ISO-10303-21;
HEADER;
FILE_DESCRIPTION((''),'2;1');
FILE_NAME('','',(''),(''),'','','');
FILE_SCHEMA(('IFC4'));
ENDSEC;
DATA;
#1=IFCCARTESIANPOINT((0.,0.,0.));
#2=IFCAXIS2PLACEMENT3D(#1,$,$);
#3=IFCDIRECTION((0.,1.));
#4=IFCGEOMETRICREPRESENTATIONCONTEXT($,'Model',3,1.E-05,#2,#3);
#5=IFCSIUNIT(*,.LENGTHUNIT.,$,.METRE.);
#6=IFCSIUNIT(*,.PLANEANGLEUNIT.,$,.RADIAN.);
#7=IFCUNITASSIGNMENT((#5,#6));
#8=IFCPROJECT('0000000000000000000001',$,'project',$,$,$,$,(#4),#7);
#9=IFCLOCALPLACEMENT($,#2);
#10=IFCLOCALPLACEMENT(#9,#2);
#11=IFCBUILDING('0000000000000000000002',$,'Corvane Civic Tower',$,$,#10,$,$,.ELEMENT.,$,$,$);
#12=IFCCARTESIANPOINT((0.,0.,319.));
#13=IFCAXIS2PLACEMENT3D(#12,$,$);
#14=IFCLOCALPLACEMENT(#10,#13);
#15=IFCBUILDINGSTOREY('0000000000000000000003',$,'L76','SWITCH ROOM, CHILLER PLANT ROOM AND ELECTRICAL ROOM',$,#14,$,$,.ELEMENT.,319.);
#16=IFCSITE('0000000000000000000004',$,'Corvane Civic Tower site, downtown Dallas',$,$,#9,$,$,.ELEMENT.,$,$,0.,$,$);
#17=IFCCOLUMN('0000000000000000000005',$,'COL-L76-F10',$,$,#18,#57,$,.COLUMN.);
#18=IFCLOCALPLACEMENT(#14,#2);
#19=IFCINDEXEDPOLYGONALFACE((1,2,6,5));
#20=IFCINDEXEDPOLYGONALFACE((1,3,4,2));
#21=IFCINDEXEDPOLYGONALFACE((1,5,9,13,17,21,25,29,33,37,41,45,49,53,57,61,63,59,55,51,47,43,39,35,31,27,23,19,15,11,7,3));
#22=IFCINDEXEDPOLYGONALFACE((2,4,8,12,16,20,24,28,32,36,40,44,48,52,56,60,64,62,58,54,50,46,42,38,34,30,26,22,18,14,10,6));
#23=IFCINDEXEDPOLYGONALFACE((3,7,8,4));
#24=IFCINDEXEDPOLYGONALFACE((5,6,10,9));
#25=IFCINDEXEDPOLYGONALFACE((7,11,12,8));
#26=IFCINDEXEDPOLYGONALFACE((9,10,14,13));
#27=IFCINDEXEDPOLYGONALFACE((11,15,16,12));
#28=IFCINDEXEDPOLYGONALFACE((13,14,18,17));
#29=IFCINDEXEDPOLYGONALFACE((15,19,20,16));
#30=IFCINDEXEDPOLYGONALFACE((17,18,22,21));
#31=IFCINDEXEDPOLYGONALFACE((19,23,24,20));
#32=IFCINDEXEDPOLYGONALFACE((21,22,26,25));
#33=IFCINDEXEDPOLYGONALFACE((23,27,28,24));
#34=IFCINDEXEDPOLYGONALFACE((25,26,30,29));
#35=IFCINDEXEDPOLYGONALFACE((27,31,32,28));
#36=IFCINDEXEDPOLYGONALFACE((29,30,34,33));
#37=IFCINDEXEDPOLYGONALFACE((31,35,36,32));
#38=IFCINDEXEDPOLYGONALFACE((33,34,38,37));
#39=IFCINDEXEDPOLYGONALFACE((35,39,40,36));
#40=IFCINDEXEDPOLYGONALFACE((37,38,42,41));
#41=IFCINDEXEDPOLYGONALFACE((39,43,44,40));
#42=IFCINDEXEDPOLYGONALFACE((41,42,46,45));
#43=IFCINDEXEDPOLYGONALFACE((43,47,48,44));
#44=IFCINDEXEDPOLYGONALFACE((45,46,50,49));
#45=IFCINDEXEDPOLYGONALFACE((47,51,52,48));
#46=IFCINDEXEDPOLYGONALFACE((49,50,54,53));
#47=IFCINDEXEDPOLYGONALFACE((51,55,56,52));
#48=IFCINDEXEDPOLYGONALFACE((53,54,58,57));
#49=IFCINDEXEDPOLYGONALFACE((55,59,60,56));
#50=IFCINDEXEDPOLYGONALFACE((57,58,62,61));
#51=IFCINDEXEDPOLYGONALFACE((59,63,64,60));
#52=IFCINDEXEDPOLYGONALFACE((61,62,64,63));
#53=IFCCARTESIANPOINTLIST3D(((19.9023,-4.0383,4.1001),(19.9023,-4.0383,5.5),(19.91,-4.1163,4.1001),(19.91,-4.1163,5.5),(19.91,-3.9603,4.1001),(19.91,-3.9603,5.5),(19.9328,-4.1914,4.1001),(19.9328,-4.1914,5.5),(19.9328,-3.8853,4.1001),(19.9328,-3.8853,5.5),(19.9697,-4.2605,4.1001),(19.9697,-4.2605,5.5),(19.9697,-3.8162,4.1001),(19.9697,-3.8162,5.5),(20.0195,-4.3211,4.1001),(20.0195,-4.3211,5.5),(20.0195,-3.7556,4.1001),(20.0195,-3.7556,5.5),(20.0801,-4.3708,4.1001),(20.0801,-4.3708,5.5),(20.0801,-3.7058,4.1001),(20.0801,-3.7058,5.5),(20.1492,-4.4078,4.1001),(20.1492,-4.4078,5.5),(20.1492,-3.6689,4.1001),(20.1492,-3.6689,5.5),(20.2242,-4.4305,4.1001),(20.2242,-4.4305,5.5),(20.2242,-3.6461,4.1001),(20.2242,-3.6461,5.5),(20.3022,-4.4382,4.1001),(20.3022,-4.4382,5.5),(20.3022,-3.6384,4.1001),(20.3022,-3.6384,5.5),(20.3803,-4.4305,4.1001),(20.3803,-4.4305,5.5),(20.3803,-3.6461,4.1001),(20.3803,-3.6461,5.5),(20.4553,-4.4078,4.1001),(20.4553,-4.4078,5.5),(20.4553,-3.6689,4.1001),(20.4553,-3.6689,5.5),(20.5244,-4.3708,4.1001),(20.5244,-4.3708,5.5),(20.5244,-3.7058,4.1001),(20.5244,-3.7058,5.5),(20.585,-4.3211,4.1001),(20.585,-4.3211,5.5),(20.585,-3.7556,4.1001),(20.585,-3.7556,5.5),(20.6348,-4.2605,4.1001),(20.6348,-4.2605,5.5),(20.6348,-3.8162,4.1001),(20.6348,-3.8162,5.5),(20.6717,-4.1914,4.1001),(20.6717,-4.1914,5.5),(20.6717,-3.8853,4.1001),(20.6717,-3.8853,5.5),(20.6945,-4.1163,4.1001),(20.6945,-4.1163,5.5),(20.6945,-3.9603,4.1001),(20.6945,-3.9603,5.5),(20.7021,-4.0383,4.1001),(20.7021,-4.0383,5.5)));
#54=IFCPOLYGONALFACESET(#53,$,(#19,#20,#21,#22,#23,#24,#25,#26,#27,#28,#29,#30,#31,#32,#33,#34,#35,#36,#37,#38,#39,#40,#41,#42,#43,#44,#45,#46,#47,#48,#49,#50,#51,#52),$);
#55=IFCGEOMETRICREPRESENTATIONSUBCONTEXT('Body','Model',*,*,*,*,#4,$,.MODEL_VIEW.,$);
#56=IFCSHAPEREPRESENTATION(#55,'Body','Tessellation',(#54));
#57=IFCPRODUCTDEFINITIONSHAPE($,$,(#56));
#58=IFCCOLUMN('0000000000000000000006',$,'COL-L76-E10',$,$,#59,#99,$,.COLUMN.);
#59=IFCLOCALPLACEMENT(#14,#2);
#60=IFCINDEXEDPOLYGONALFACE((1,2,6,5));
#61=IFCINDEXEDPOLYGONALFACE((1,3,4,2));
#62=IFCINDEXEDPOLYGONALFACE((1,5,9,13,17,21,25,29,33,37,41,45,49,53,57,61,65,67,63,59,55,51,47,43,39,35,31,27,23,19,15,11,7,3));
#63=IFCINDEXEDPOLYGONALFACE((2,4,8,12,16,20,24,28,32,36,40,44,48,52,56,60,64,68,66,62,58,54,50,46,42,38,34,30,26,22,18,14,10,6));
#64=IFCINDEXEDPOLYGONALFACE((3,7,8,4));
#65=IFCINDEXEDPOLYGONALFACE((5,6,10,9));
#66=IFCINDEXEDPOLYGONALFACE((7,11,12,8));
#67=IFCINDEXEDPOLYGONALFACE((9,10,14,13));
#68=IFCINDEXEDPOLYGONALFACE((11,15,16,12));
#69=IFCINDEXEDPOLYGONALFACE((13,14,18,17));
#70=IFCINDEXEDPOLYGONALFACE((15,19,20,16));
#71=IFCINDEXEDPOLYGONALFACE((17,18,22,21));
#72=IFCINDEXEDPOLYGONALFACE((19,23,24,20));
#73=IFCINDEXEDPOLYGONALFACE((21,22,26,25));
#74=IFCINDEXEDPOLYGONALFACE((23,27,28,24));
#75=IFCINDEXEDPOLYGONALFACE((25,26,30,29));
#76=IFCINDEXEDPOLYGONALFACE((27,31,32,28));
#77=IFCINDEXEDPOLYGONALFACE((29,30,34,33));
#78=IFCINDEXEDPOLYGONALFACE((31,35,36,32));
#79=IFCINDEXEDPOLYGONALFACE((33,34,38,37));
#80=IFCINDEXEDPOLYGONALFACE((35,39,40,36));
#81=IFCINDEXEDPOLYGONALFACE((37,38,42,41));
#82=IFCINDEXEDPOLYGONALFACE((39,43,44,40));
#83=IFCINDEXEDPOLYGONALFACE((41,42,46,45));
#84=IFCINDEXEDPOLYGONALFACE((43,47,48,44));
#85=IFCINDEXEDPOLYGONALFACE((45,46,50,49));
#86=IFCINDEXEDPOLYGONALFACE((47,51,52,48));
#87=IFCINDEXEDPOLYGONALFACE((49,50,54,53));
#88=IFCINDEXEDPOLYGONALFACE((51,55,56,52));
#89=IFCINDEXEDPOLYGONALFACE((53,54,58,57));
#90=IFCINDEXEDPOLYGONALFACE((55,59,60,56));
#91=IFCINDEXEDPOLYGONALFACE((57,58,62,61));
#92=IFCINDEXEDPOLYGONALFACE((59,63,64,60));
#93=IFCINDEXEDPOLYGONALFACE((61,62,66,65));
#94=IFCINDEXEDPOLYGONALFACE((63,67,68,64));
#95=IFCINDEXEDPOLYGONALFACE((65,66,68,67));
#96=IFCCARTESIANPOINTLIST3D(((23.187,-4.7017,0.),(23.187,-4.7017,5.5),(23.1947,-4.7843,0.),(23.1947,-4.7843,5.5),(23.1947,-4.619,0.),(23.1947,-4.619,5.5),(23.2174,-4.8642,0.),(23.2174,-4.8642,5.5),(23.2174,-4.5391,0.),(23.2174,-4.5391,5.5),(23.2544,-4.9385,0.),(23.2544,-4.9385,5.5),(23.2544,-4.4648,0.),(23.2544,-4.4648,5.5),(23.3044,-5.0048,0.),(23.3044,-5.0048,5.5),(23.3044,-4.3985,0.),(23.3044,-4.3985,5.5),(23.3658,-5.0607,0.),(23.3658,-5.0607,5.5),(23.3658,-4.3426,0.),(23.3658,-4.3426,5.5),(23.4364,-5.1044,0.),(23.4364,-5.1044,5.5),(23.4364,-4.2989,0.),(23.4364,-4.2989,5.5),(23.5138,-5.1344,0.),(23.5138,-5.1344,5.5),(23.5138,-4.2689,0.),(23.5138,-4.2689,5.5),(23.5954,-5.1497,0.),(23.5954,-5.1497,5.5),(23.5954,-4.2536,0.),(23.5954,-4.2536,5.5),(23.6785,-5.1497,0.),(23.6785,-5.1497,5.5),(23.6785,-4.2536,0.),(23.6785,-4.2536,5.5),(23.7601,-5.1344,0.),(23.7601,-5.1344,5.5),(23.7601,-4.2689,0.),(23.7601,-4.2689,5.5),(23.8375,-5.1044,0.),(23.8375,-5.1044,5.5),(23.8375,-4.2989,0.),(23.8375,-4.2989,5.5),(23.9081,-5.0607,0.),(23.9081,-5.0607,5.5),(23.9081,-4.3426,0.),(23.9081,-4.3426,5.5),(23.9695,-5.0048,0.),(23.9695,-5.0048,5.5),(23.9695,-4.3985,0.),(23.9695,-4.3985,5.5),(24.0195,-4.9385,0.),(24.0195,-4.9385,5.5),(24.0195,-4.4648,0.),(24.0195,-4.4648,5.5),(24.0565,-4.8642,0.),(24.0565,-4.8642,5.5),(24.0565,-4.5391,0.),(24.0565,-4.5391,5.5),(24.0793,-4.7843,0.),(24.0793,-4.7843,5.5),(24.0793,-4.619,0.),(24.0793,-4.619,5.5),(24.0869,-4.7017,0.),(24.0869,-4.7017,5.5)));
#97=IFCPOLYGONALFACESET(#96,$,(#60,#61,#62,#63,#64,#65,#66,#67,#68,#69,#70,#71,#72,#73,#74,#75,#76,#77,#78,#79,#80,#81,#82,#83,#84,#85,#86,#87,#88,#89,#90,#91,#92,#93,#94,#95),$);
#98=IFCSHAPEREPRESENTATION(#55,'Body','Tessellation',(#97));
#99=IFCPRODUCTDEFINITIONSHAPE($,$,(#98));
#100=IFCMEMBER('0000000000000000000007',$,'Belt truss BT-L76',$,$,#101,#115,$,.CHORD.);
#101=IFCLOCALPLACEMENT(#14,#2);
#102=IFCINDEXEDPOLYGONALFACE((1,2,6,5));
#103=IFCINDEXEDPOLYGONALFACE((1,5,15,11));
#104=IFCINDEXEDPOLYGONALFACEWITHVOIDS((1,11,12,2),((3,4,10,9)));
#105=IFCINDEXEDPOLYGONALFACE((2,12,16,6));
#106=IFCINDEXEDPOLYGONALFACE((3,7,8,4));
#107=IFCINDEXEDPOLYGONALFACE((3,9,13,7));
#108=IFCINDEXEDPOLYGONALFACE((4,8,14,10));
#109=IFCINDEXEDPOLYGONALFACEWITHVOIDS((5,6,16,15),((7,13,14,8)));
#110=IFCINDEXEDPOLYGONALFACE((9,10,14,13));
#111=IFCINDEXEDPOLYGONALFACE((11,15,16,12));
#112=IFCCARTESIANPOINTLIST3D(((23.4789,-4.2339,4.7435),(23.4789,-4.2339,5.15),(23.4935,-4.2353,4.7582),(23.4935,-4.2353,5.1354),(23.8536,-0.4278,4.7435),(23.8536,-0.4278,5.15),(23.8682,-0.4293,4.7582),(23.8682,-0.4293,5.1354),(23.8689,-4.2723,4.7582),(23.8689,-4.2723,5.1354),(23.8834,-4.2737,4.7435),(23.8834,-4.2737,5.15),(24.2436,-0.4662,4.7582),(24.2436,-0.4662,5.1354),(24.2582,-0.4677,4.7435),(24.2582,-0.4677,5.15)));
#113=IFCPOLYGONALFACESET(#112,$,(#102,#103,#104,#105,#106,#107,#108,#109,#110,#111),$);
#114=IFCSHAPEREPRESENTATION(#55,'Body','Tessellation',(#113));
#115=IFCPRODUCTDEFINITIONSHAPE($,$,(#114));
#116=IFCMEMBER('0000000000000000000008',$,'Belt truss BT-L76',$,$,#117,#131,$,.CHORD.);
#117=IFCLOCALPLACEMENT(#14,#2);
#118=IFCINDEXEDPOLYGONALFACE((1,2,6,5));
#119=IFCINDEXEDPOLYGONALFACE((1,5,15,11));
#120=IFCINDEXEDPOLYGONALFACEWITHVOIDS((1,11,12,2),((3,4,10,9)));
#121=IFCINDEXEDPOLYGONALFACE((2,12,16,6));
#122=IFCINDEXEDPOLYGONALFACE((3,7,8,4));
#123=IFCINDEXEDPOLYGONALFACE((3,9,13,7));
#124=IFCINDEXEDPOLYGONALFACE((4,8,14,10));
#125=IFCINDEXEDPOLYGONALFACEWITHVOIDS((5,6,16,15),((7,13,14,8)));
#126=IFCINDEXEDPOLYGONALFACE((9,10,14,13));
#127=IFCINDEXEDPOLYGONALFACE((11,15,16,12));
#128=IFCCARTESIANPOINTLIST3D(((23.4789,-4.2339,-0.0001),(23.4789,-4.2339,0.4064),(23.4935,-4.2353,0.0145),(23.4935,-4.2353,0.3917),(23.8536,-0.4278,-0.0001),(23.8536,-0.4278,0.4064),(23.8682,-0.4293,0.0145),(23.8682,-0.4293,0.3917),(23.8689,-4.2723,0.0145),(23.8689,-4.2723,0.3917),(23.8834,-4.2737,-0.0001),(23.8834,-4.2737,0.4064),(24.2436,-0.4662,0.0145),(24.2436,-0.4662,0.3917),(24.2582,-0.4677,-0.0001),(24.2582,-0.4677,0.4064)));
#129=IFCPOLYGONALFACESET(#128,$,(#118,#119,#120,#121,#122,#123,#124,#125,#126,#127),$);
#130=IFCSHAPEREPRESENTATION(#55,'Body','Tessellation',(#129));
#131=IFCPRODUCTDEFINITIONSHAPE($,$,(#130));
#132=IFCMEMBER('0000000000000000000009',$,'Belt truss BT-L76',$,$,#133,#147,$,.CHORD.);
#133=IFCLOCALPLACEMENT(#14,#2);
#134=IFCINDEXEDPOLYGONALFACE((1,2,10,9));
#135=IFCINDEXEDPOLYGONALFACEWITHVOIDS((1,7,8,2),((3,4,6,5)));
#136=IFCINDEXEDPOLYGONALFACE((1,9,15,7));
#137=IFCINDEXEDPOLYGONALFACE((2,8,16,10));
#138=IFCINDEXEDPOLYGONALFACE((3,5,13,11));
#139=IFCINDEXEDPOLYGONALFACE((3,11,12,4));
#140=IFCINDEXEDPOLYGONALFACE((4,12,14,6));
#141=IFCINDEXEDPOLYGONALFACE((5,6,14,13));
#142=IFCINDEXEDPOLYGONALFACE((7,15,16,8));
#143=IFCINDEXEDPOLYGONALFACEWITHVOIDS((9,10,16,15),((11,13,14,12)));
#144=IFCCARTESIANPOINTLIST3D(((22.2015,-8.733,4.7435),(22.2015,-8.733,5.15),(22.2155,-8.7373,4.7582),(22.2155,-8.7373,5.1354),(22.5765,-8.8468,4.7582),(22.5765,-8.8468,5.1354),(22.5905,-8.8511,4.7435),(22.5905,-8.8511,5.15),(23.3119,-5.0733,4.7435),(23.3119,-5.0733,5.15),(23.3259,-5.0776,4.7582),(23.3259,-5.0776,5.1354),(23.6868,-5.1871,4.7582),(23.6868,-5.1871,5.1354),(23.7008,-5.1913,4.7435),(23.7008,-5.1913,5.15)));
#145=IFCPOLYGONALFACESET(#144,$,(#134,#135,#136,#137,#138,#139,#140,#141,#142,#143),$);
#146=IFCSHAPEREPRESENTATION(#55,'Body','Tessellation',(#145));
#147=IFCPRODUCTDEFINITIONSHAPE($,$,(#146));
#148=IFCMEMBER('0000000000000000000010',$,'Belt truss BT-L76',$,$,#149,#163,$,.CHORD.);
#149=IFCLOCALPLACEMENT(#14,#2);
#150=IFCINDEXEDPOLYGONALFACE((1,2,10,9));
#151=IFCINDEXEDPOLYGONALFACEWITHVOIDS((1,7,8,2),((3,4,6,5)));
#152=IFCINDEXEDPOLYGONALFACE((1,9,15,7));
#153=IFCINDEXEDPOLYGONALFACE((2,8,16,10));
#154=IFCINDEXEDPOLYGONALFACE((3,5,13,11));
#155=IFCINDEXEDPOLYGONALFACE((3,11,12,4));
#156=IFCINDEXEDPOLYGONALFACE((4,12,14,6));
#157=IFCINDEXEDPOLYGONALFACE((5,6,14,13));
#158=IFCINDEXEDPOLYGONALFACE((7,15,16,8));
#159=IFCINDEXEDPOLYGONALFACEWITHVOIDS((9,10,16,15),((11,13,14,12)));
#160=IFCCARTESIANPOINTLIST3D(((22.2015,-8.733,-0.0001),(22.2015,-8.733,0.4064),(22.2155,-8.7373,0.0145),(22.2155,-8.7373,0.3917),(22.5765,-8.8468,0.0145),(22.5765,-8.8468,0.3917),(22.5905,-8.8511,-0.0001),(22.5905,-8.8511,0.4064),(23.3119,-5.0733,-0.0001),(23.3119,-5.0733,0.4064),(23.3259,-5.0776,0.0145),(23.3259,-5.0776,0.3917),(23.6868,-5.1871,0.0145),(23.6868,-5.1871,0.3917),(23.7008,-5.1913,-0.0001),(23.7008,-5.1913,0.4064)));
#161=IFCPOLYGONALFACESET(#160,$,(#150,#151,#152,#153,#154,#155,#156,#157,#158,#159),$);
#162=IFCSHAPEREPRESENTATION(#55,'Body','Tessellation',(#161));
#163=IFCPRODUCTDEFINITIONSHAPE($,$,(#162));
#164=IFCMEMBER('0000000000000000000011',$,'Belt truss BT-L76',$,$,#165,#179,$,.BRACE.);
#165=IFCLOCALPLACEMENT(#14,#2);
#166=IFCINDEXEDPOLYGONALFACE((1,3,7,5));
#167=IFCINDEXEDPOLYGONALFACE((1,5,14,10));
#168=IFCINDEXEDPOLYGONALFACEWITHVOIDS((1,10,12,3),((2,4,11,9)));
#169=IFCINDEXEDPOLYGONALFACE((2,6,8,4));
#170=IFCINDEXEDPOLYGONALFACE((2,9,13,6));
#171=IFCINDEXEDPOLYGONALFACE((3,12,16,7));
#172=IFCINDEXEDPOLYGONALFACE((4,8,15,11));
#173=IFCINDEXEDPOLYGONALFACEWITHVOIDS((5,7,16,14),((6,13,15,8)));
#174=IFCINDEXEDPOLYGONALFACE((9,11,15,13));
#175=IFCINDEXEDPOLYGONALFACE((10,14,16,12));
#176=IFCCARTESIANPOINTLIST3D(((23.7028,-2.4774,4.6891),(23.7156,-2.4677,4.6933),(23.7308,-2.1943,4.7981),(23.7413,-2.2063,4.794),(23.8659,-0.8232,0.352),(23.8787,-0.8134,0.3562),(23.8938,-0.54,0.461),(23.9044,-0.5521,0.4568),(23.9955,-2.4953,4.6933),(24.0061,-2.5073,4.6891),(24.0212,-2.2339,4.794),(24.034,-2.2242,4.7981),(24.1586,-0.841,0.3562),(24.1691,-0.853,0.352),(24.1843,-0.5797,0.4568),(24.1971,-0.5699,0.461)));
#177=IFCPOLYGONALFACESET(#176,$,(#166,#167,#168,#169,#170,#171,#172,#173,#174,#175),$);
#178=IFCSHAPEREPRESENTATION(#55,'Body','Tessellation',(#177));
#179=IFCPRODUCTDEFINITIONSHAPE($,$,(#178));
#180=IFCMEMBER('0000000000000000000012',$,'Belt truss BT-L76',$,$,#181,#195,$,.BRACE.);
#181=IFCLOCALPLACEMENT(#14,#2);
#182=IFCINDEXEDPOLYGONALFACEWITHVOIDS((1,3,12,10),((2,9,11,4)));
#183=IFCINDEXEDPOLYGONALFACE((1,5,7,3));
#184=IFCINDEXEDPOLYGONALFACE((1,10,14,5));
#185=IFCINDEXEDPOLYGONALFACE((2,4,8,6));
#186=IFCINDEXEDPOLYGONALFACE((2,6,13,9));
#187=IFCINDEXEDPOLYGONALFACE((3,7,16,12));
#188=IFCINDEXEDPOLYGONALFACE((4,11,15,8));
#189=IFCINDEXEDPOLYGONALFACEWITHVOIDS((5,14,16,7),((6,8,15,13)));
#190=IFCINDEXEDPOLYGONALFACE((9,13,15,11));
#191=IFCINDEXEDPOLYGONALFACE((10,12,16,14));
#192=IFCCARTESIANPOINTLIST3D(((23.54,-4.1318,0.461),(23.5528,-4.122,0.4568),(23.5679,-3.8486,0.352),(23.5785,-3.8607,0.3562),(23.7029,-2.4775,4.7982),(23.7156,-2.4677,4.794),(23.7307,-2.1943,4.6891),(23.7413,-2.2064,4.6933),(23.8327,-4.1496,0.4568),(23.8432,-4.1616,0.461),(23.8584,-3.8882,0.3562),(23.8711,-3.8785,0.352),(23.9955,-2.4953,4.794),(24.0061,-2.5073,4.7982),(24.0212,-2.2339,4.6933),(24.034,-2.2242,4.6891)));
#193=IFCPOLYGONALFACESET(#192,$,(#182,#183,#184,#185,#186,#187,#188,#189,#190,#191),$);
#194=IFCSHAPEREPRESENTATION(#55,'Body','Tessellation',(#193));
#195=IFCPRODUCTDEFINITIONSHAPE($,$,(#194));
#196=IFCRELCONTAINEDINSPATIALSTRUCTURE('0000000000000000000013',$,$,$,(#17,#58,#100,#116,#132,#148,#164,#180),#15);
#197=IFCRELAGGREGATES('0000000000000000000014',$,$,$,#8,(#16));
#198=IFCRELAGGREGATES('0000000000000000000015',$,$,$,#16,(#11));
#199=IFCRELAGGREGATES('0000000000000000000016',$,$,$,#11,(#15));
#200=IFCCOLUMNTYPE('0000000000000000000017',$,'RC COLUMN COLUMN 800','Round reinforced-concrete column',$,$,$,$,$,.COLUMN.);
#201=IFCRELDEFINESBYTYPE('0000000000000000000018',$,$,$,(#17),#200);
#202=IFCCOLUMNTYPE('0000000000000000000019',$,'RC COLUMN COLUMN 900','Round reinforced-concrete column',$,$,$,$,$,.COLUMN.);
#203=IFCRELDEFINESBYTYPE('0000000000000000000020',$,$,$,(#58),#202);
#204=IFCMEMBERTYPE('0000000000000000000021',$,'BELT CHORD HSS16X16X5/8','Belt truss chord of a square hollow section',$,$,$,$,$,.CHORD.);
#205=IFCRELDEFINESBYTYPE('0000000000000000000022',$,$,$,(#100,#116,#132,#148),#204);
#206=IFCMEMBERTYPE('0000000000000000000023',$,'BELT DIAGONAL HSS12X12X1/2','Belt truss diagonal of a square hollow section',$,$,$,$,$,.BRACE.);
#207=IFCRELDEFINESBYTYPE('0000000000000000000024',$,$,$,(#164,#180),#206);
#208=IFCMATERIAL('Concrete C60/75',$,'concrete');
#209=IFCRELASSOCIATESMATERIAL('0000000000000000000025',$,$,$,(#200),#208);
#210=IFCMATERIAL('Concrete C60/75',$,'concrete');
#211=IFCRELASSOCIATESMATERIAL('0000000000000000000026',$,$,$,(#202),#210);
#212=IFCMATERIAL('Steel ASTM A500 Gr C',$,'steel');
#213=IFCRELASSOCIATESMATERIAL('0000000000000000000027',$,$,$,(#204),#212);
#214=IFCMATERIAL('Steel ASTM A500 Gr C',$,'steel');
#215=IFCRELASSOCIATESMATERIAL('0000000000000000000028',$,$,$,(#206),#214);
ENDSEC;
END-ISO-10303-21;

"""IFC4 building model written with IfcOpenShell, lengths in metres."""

from ifc_helpers import new_model, si_unit, direction, frame, origin, origin_2d, place, context, subcontext, project, spatial, hollow_rectangle, circle, extrude, material, material_profile, profile_set, type_object, element, save


model = new_model("IFC4")

# Units and contexts
model_context = context("Model", 3, precision=1e-05, world=origin(), true_north=direction((0.0, 1.0)))
body_context = subcontext(model_context, "Body", "Model", "MODEL_VIEW")
ifc_project = project(units=[si_unit("LENGTHUNIT", "METRE"), si_unit("PLANEANGLEUNIT", "RADIAN")], contexts=[model_context])

# Site, building, storey
site_placement = place(None, origin())
site = spatial("IfcSite", under=ifc_project, at=site_placement, Name="Corvane Civic Tower site, downtown Dallas", CompositionType="ELEMENT", RefElevation=0.0)
building_placement = place(site_placement, origin())
building = spatial("IfcBuilding", under=site, at=building_placement, Name="Corvane Civic Tower", CompositionType="ELEMENT")
storey_placement = place(building_placement, frame((0.0, 0.0, 319.0)))
storey = spatial("IfcBuildingStorey", under=building, at=storey_placement, Name="L76", Description="SWITCH ROOM, CHILLER PLANT ROOM AND ELECTRICAL ROOM", CompositionType="ELEMENT", Elevation=319.0)

# Columns
ifc_material_1 = material(Name="Concrete C60/75", Category="concrete")
ifc_material_profile_1 = material_profile(ifc_material_1, circle(Radius=0.3999, at=origin_2d()), Name="COLUMN 800")
ifc_profile_set_1 = profile_set([ifc_material_profile_1], Name="Concrete C60/75")
column_type_1 = type_object("IfcColumnType", Name="RC COLUMN COLUMN 800", Description="Round reinforced-concrete column", PredefinedType="COLUMN", material=ifc_profile_set_1)
column_1_placement = place(storey_placement, frame((20.3022, -4.0383, 4.1001), z_axis=(0.0, 0.0, 1.0), x_axis=(1.0, 0.0, 0.0)))
element("IfcColumn", 1, at=column_1_placement, inside=storey, type_object=column_type_1, Name="COL-L76-F10", PredefinedType="COLUMN", context=body_context, shape_type="SweptSolid", body=[
    extrude(circle(Radius=0.3999, at=origin_2d()), origin(), (0.0, 0.0, 1.0), 1.3999),
])
ifc_material_2 = material(Name="Concrete C60/75", Category="concrete")
ifc_material_profile_2 = material_profile(ifc_material_2, circle(Radius=0.45, at=origin_2d()), Name="COLUMN 900")
ifc_profile_set_2 = profile_set([ifc_material_profile_2], Name="Concrete C60/75")
column_type_2 = type_object("IfcColumnType", Name="RC COLUMN COLUMN 900", Description="Round reinforced-concrete column", PredefinedType="COLUMN", material=ifc_profile_set_2)
column_2_placement = place(storey_placement, frame((23.637, -4.7017, 0.0), z_axis=(0.0, 0.0, 1.0), x_axis=(1.0, 0.0, 0.0)))
element("IfcColumn", 2, at=column_2_placement, inside=storey, type_object=column_type_2, Name="COL-L76-E10", PredefinedType="COLUMN", context=body_context, shape_type="SweptSolid", body=[
    extrude(circle(Radius=0.45, at=origin_2d()), origin(), (0.0, 0.0, 1.0), 5.5),
])

# Members
ifc_material_3 = material(Name="Steel ASTM A500 Gr C", Category="steel")
ifc_material_profile_3 = material_profile(ifc_material_3, hollow_rectangle(XDim=0.4065, YDim=0.4065, WallThickness=0.0146, at=origin_2d()), Name="HSS16X16X5/8")
ifc_profile_set_3 = profile_set([ifc_material_profile_3], Name="Steel ASTM A500 Gr C")
member_type_1 = type_object("IfcMemberType", Name="BELT CHORD HSS16X16X5/8", Description="Belt truss chord of a square hollow section", PredefinedType="CHORD", material=ifc_profile_set_3)
for number, where, z_axis, x_axis, name in (
    (3, (24.0559, -0.4478, 4.9468), (-0.097987, -0.995188, 0.0), (0.995188, -0.097987, 0.0), "Belt truss BT-L76"),
    (4, (24.0559, -0.4478, 0.2031), (-0.097987, -0.995188, 0.0), (0.995188, -0.097987, 0.0), "Belt truss BT-L76"),
    (5, (23.5063, -5.1323, 4.9468), (-0.290333, -0.956926, 0.0), (0.956926, -0.290333, 0.0), "Belt truss BT-L76"),
    (6, (23.5063, -5.1323, 0.2031), (-0.290333, -0.956926, 0.0), (0.956926, -0.290333, 0.0), "Belt truss BT-L76"),
):
    element("IfcMember", number, at=place(storey_placement, frame(where, z_axis=z_axis, x_axis=x_axis)), inside=storey, type_object=member_type_1, Name=name, PredefinedType="CHORD", context=body_context, shape_type="SweptSolid", body=[
        extrude(hollow_rectangle(XDim=0.4065, YDim=0.4065, WallThickness=0.0146, at=origin_2d()), origin(), (0.0, 0.0, 1.0), 3.8245),
    ])
ifc_material_4 = material(Name="Steel ASTM A500 Gr C", Category="steel")
ifc_material_profile_4 = material_profile(ifc_material_4, hollow_rectangle(XDim=0.3047, YDim=0.3047, WallThickness=0.0117, at=origin_2d()), Name="HSS12X12X1/2")
ifc_profile_set_4 = profile_set([ifc_material_profile_4], Name="Steel ASTM A500 Gr C")
member_type_2 = type_object("IfcMemberType", Name="BELT DIAGONAL HSS12X12X1/2", Description="Belt truss diagonal of a square hollow section", PredefinedType="BRACE", material=ifc_profile_set_4)
for number, where, z_axis, x_axis, name in (
    (7, (24.0315, -0.6965, 0.4065), (-0.035111, -0.35616, 0.933765), (0.995176, -0.098108, 0.0), "Belt truss BT-L76"),
    (8, (23.7056, -4.0051, 0.4065), (0.035059, 0.356161, 0.933767), (-0.99519, 0.097962, 0.0), "Belt truss BT-L76"),
):
    element("IfcMember", number, at=place(storey_placement, frame(where, z_axis=z_axis, x_axis=x_axis)), inside=storey, type_object=member_type_2, Name=name, PredefinedType="BRACE", context=body_context, shape_type="SweptSolid", body=[
        extrude(hollow_rectangle(XDim=0.3047, YDim=0.3047, WallThickness=0.0117, at=origin_2d()), origin(), (0.0, 0.0, 1.0), 4.6448),
    ])

save(model, "model.ifc")
